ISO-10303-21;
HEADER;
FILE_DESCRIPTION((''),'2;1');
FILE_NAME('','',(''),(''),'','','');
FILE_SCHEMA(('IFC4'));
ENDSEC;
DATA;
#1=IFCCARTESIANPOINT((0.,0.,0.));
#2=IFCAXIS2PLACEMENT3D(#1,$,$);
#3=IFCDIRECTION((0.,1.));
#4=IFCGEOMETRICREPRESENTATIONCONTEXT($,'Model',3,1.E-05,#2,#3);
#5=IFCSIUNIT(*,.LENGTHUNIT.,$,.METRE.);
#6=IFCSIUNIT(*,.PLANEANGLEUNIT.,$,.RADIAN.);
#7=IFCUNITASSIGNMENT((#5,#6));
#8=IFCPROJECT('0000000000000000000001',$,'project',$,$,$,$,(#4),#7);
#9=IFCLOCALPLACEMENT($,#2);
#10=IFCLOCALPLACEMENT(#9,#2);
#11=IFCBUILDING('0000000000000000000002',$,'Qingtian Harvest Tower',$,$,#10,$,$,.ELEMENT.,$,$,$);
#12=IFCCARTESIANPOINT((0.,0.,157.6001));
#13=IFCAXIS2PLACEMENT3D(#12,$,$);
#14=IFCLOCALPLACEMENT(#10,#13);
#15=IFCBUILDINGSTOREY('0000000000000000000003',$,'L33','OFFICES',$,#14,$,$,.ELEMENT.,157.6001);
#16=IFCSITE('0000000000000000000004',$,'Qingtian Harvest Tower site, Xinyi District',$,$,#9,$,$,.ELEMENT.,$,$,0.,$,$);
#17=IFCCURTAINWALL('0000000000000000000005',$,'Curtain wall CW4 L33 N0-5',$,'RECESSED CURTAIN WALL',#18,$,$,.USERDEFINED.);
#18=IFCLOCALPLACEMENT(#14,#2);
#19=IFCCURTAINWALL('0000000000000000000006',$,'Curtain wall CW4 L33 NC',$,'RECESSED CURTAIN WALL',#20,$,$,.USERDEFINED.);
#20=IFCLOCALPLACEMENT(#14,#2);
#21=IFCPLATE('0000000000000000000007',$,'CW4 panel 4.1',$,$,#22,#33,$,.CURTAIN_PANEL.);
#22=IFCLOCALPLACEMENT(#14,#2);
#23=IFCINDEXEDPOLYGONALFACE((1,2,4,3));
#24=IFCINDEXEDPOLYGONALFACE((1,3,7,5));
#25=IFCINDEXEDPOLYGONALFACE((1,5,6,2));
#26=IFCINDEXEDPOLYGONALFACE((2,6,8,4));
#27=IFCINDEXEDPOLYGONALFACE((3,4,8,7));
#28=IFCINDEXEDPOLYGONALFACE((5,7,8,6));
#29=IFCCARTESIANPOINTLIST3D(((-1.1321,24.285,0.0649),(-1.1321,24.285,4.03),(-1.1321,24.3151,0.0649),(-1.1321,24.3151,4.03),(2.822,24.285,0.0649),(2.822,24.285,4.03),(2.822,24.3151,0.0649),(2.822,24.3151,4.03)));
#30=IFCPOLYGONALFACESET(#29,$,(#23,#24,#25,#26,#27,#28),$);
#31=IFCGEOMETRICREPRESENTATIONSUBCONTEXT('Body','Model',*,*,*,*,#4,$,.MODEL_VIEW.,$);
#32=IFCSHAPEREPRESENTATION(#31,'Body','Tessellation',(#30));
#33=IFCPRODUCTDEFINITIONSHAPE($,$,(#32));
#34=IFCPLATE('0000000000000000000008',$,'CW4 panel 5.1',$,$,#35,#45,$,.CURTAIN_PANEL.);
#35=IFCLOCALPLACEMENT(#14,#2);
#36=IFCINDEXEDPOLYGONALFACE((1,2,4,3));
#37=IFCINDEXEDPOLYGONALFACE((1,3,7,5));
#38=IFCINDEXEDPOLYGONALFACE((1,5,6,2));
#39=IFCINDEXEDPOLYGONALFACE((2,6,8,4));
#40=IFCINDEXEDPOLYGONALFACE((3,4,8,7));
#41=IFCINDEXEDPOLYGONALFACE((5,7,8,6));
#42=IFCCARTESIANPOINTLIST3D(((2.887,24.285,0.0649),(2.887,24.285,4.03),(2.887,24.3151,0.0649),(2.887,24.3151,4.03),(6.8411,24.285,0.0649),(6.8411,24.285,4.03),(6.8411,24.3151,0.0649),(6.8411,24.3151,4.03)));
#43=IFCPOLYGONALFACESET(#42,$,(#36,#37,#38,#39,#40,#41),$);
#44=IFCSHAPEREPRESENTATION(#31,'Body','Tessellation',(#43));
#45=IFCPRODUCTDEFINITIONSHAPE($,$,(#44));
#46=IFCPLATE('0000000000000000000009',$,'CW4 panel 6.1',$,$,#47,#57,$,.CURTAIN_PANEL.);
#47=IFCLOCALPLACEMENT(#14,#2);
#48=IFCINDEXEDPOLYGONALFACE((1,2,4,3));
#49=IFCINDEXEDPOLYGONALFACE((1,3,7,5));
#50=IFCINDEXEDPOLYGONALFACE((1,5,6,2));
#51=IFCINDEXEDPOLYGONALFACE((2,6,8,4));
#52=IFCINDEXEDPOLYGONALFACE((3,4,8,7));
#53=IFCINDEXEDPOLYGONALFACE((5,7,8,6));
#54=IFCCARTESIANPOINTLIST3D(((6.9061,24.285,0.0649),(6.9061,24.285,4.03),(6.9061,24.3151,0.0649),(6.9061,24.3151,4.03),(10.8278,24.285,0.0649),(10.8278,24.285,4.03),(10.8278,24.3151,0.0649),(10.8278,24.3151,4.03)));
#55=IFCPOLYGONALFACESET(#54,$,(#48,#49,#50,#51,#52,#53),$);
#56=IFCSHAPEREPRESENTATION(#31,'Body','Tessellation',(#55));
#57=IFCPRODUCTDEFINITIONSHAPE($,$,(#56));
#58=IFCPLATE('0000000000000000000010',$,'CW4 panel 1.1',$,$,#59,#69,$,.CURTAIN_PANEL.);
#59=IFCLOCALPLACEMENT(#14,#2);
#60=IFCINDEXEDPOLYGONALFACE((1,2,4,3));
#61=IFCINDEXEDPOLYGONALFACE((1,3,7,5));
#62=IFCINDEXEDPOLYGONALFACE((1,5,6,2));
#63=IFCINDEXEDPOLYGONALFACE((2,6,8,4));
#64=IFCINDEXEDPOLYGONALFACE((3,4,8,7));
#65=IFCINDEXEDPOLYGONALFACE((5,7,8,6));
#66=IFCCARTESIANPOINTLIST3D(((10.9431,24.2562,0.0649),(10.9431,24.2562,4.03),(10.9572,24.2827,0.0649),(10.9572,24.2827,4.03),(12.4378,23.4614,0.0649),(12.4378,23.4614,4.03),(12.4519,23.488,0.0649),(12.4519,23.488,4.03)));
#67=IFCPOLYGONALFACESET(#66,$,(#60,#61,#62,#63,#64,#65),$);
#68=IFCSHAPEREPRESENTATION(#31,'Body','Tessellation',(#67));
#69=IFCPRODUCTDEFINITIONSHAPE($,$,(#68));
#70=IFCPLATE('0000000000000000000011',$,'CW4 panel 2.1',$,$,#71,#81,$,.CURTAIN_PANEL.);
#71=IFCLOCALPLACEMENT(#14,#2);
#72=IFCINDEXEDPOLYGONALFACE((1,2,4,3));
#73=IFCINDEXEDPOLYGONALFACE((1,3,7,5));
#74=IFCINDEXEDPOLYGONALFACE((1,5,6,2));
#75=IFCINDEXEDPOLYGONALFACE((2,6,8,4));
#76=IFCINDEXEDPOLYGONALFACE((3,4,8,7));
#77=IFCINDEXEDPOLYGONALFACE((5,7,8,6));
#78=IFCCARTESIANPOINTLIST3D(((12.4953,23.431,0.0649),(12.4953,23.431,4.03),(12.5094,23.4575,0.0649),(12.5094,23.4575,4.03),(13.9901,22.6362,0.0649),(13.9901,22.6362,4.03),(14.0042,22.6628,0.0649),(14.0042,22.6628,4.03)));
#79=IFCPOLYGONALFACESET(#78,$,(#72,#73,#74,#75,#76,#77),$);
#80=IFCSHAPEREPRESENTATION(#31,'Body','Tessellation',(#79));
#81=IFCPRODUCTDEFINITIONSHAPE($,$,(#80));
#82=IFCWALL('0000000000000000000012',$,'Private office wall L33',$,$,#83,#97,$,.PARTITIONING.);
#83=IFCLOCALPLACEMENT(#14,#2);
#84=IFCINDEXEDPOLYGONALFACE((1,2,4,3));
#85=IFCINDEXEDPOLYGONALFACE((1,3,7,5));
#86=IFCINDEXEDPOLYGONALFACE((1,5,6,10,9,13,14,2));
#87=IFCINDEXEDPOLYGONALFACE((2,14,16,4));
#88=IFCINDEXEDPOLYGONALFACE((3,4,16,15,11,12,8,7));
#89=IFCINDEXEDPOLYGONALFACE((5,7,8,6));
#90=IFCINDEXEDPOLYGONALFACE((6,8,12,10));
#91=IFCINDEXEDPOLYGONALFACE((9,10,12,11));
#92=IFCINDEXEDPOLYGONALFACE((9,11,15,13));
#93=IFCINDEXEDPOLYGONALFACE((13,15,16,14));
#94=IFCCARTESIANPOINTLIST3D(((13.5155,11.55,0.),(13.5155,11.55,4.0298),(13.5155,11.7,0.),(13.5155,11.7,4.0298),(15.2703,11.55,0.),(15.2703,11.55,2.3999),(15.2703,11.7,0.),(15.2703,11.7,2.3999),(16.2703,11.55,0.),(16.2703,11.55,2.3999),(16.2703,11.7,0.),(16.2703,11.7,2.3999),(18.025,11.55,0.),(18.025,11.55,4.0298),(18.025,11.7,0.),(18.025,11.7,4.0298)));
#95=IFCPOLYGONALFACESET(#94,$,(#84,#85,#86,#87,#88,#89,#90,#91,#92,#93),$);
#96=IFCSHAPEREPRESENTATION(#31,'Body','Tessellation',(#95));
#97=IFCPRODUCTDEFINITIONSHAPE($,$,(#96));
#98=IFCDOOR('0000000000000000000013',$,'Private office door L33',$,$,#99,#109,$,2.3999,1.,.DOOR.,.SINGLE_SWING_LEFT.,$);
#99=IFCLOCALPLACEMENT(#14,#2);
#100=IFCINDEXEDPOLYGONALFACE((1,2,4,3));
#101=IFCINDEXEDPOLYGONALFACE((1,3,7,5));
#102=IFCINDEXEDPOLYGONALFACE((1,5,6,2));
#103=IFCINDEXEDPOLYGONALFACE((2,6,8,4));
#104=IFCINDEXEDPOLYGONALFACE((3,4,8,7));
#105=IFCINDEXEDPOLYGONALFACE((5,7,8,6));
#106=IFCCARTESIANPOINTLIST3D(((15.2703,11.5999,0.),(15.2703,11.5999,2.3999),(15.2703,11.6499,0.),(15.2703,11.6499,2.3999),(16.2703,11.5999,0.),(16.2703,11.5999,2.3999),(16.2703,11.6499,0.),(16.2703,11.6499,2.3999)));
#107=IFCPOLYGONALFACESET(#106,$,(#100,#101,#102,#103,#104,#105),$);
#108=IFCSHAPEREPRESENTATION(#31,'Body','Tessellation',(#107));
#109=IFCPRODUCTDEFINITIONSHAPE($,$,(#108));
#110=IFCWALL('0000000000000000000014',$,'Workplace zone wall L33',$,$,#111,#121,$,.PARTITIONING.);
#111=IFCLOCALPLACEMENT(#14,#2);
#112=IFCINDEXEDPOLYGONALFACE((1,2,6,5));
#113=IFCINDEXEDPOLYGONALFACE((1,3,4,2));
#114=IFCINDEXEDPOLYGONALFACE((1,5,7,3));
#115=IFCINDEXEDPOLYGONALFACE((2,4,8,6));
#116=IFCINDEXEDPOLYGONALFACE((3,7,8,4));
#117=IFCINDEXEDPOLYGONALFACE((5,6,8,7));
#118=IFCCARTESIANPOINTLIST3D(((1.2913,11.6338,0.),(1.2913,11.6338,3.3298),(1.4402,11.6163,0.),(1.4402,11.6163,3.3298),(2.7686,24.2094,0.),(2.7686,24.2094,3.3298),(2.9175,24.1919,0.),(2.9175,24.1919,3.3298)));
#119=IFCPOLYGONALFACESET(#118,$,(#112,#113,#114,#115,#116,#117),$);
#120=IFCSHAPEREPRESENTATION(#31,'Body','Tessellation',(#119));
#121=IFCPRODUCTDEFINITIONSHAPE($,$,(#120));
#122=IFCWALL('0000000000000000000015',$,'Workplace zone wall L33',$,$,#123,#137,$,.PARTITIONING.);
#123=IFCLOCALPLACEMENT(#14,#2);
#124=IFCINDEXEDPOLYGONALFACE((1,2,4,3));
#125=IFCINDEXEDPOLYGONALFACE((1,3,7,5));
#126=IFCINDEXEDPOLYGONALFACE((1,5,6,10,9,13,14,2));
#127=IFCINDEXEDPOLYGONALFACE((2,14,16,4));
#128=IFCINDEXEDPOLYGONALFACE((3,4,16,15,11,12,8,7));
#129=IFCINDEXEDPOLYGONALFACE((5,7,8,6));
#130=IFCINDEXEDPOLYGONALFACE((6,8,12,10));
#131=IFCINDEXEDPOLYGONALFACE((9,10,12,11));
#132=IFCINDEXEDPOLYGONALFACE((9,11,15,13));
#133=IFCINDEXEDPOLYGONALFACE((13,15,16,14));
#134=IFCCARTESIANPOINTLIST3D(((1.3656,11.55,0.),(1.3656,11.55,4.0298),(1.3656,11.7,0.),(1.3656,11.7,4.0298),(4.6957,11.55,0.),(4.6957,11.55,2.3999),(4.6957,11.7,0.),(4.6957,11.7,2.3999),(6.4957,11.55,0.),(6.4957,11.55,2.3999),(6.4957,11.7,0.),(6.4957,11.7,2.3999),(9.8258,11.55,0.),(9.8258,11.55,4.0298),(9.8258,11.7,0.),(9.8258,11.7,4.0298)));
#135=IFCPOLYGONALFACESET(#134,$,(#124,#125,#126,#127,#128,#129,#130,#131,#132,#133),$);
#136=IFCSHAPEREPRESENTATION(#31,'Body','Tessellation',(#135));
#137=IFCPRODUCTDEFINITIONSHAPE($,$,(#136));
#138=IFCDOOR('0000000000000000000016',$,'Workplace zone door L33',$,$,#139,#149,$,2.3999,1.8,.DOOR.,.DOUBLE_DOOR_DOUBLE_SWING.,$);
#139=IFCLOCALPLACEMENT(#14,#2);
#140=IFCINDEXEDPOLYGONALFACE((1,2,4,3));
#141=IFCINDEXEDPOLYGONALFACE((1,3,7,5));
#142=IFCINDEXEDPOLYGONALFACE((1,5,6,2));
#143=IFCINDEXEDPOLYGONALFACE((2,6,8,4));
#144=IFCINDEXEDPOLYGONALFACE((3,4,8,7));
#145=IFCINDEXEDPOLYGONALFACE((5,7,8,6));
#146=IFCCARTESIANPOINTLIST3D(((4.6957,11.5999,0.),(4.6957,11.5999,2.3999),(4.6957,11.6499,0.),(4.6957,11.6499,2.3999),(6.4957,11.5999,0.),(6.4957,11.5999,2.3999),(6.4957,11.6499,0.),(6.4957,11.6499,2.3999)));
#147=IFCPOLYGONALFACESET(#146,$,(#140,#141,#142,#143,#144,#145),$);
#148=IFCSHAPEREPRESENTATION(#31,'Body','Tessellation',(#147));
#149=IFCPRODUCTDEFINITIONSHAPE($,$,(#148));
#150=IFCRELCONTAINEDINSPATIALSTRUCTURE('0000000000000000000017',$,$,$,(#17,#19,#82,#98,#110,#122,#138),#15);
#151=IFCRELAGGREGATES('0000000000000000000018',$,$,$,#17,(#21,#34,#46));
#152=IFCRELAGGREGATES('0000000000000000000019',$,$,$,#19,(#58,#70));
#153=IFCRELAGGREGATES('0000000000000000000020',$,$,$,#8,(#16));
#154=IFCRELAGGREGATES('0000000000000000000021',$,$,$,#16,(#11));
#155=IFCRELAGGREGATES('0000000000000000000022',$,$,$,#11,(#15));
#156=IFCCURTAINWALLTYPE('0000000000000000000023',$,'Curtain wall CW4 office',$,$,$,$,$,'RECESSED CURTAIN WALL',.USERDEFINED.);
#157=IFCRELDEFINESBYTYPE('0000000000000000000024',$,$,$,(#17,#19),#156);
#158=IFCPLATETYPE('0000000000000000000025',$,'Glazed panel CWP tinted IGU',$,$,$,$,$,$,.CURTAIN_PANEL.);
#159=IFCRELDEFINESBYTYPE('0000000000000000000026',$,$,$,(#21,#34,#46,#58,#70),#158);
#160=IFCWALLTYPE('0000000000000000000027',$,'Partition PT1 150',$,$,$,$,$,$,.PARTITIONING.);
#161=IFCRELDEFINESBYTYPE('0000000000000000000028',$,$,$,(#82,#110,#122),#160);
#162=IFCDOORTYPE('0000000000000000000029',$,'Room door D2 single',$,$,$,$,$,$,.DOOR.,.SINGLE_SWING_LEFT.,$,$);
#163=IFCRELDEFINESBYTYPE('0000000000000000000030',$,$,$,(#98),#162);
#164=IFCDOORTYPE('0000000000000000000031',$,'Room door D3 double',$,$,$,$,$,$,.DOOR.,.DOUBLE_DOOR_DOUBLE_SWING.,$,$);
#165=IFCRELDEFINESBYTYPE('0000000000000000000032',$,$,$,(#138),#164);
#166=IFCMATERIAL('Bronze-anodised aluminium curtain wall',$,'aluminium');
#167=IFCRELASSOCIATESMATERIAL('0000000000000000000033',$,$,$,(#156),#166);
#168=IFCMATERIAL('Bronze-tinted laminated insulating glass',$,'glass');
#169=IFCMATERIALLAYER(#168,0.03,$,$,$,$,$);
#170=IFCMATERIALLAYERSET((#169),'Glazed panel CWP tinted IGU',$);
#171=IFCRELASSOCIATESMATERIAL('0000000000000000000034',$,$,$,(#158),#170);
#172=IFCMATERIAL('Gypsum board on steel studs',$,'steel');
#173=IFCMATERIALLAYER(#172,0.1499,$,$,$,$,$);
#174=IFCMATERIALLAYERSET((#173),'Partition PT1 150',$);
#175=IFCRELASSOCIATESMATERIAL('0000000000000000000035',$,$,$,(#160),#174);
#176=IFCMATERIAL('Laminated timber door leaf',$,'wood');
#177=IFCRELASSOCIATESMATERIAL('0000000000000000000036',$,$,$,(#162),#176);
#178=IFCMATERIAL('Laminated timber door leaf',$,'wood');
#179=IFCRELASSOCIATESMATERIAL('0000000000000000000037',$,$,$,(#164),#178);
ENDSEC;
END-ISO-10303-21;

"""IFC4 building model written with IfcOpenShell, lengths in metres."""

from ifc_helpers import new_model, si_unit, direction, frame, frame_2d, origin, origin_2d, place, context, subcontext, project, spatial, rectangle, extrude, material, layer, layer_set, type_object, element, fill, aggregate, save


model = new_model("IFC4")

# Units and contexts
model_context = context("Model", 3, precision=1e-05, world=origin(), true_north=direction((0.0, 1.0)))
body_context = subcontext(model_context, "Body", "Model", "MODEL_VIEW")
ifc_project = project(units=[si_unit("LENGTHUNIT", "METRE"), si_unit("PLANEANGLEUNIT", "RADIAN")], contexts=[model_context])

# Site, building, storey
site_placement = place(None, origin())
site = spatial("IfcSite", under=ifc_project, at=site_placement, Name="Qingtian Harvest Tower site, Xinyi District", CompositionType="ELEMENT", RefElevation=0.0)
building_placement = place(site_placement, origin())
building = spatial("IfcBuilding", under=site, at=building_placement, Name="Qingtian Harvest Tower", CompositionType="ELEMENT")
storey_placement = place(building_placement, frame((0.0, 0.0, 157.6001)))
storey = spatial("IfcBuildingStorey", under=building, at=storey_placement, Name="L33", Description="OFFICES", CompositionType="ELEMENT", Elevation=157.6001)

# Curtain walls
ifc_material_1 = material(Name="Bronze-anodised aluminium curtain wall", Category="aluminium")
curtain_wall_type = type_object("IfcCurtainWallType", Name="Curtain wall CW4 office", ElementType="RECESSED CURTAIN WALL", PredefinedType="USERDEFINED", material=ifc_material_1)
curtain_wall_1_placement = place(storey_placement, origin())
curtain_wall_1 = element("IfcCurtainWall", 1, at=curtain_wall_1_placement, inside=storey, type_object=curtain_wall_type, Name="Curtain wall CW4 L33 N0-5", ObjectType="RECESSED CURTAIN WALL", PredefinedType="USERDEFINED")
curtain_wall_2_placement = place(storey_placement, origin())
curtain_wall_2 = element("IfcCurtainWall", 2, at=curtain_wall_2_placement, inside=storey, type_object=curtain_wall_type, Name="Curtain wall CW4 L33 NC", ObjectType="RECESSED CURTAIN WALL", PredefinedType="USERDEFINED")

# Plates
ifc_material_2 = material(Name="Bronze-tinted laminated insulating glass", Category="glass")
ifc_layer_1 = layer(ifc_material_2, 0.03)
ifc_layer_set_1 = layer_set([ifc_layer_1], Name="Glazed panel CWP tinted IGU")
plate_type = type_object("IfcPlateType", Name="Glazed panel CWP tinted IGU", PredefinedType="CURTAIN_PANEL", material=ifc_layer_set_1)
plate_1_placement = place(storey_placement, frame((0.845, 24.3, 0.0649), z_axis=(0.0, 0.0, 1.0), x_axis=(1.0, 0.0, 0.0)))
plate_1 = element("IfcPlate", 3, at=plate_1_placement, type_object=plate_type, Name="CW4 panel 4.1", PredefinedType="CURTAIN_PANEL", context=body_context, shape_type="SweptSolid", body=[
    extrude(rectangle(XDim=3.9541, YDim=0.03, at=origin_2d()), origin(), (0.0, 0.0, 1.0), 3.9651),
])
plate_2_placement = place(storey_placement, frame((4.864, 24.3, 0.0649), z_axis=(0.0, 0.0, 1.0), x_axis=(1.0, 0.0, 0.0)))
plate_2 = element("IfcPlate", 4, at=plate_2_placement, type_object=plate_type, Name="CW4 panel 5.1", PredefinedType="CURTAIN_PANEL", context=body_context, shape_type="SweptSolid", body=[
    extrude(rectangle(XDim=3.9541, YDim=0.03, at=origin_2d()), origin(), (0.0, 0.0, 1.0), 3.9651),
])
plate_3_placement = place(storey_placement, frame((8.8669, 24.3, 0.0649), z_axis=(0.0, 0.0, 1.0), x_axis=(1.0, 0.0, 0.0)))
plate_3 = element("IfcPlate", 5, at=plate_3_placement, type_object=plate_type, Name="CW4 panel 6.1", PredefinedType="CURTAIN_PANEL", context=body_context, shape_type="SweptSolid", body=[
    extrude(rectangle(XDim=3.9216, YDim=0.03, at=origin_2d()), origin(), (0.0, 0.0, 1.0), 3.9651),
])
aggregate(curtain_wall_1, [plate_1, plate_2, plate_3])
plate_4_placement = place(storey_placement, frame((11.6975, 23.8721, 0.0649), z_axis=(0.0, 0.0, 1.0), x_axis=(0.882948, -0.469472, 0.0)))
plate_4 = element("IfcPlate", 6, at=plate_4_placement, type_object=plate_type, Name="CW4 panel 1.1", PredefinedType="CURTAIN_PANEL", context=body_context, shape_type="SweptSolid", body=[
    extrude(rectangle(XDim=1.6929, YDim=0.03, at=origin_2d()), origin(), (0.0, 0.0, 1.0), 3.9651),
])
plate_5_placement = place(storey_placement, frame((13.2498, 23.0469, 0.0649), z_axis=(0.0, 0.0, 1.0), x_axis=(0.882948, -0.469472, 0.0)))
plate_5 = element("IfcPlate", 7, at=plate_5_placement, type_object=plate_type, Name="CW4 panel 2.1", PredefinedType="CURTAIN_PANEL", context=body_context, shape_type="SweptSolid", body=[
    extrude(rectangle(XDim=1.6929, YDim=0.03, at=origin_2d()), origin(), (0.0, 0.0, 1.0), 3.9651),
])
aggregate(curtain_wall_2, [plate_4, plate_5])

# Wall, opening, door
ifc_material_3 = material(Name="Gypsum board on steel studs", Category="steel")
ifc_layer_2 = layer(ifc_material_3, 0.1499)
ifc_layer_set_2 = layer_set([ifc_layer_2], Name="Partition PT1 150")
wall_type = type_object("IfcWallType", Name="Partition PT1 150", PredefinedType="PARTITIONING", material=ifc_layer_set_2)
ifc_material_4 = material(Name="Laminated timber door leaf", Category="wood")
door_type_1 = type_object("IfcDoorType", Name="Room door D2 single", OperationType="SINGLE_SWING_LEFT", PredefinedType="DOOR", material=ifc_material_4)
wall_1_placement = place(storey_placement, frame((13.5154, 11.625, 0.0), z_axis=(0.0, 0.0, 1.0), x_axis=(1.0, 0.0, 0.0)))
wall_1 = element("IfcWall", 8, at=wall_1_placement, inside=storey, type_object=wall_type, Name="Private office wall L33", PredefinedType="PARTITIONING", context=body_context, shape_type="SweptSolid", body=[
    extrude(rectangle(XDim=4.5095, YDim=0.1499, at=frame_2d((2.2549, 0.0))), origin(), (0.0, 0.0, 1.0), 4.0298),
])
opening_1_placement = place(wall_1_placement, frame((1.7549, 0.0, 0.0)))
opening_1 = element("IfcOpeningElement", 9, at=opening_1_placement, cuts=wall_1, PredefinedType="OPENING", context=body_context, shape_type="SweptSolid", body=[
    extrude(rectangle(XDim=1.0, YDim=2.3999, at=frame_2d((0.5, 1.2))), frame((0.0, 0.085, 0.0), z_axis=(0.0, -1.0, 0.0), x_axis=(1.0, 0.0, 0.0)), (0.0, 0.0, 1.0), 0.1699),
])
door_1_placement = place(opening_1_placement, origin())
door_1 = element("IfcDoor", 10, at=door_1_placement, inside=storey, type_object=door_type_1, Name="Private office door L33", OperationType="SINGLE_SWING_LEFT", OverallHeight=2.3999, OverallWidth=1.0, PredefinedType="DOOR", context=body_context, shape_type="SweptSolid", body=[
    extrude(rectangle(XDim=1.0, YDim=2.3999, at=frame_2d((0.5, 1.2))), frame((0.0, 0.0249, 0.0), z_axis=(0.0, -1.0, 0.0), x_axis=(1.0, 0.0, 0.0)), (0.0, 0.0, 1.0), 0.05),
])
fill(opening_1, door_1)

# Wall
wall_2_placement = place(storey_placement, frame((2.843, 24.2007, 0.0), z_axis=(0.0, 0.0, 1.0), x_axis=(-0.11667, -0.993171, 0.0)))
element("IfcWall", 11, at=wall_2_placement, inside=storey, type_object=wall_type, Name="Workplace zone wall L33", PredefinedType="PARTITIONING", context=body_context, shape_type="SweptSolid", body=[
    extrude(rectangle(XDim=12.6621, YDim=0.1499, at=frame_2d((6.3311, 0.0))), origin(), (0.0, 0.0, 1.0), 3.3298),
])

# Wall, opening, door
wall_3_placement = place(storey_placement, frame((1.3657, 11.625, 0.0), z_axis=(0.0, 0.0, 1.0), x_axis=(1.0, 0.0, 0.0)))
wall_3 = element("IfcWall", 12, at=wall_3_placement, inside=storey, type_object=wall_type, Name="Workplace zone wall L33", PredefinedType="PARTITIONING", context=body_context, shape_type="SweptSolid", body=[
    extrude(rectangle(XDim=8.4602, YDim=0.1499, at=frame_2d((4.23, 0.0))), origin(), (0.0, 0.0, 1.0), 4.0298),
])
opening_2_placement = place(wall_3_placement, frame((3.3301, 0.0, 0.0)))
opening_2 = element("IfcOpeningElement", 13, at=opening_2_placement, cuts=wall_3, PredefinedType="OPENING", context=body_context, shape_type="SweptSolid", body=[
    extrude(rectangle(XDim=1.8, YDim=2.3999, at=frame_2d((0.8999, 1.2))), frame((0.0, 0.085, 0.0), z_axis=(0.0, -1.0, 0.0), x_axis=(1.0, 0.0, 0.0)), (0.0, 0.0, 1.0), 0.1699),
])
ifc_material_5 = material(Name="Laminated timber door leaf", Category="wood")
door_type_2 = type_object("IfcDoorType", Name="Room door D3 double", OperationType="DOUBLE_DOOR_DOUBLE_SWING", PredefinedType="DOOR", material=ifc_material_5)
door_2_placement = place(opening_2_placement, origin())
door_2 = element("IfcDoor", 14, at=door_2_placement, inside=storey, type_object=door_type_2, Name="Workplace zone door L33", OperationType="DOUBLE_DOOR_DOUBLE_SWING", OverallHeight=2.3999, OverallWidth=1.8, PredefinedType="DOOR", context=body_context, shape_type="SweptSolid", body=[
    extrude(rectangle(XDim=1.8, YDim=2.3999, at=frame_2d((0.8999, 1.2))), frame((0.0, 0.0249, 0.0), z_axis=(0.0, -1.0, 0.0), x_axis=(1.0, 0.0, 0.0)), (0.0, 0.0, 1.0), 0.05),
])
fill(opening_2, door_2)

save(model, "model.ifc")
